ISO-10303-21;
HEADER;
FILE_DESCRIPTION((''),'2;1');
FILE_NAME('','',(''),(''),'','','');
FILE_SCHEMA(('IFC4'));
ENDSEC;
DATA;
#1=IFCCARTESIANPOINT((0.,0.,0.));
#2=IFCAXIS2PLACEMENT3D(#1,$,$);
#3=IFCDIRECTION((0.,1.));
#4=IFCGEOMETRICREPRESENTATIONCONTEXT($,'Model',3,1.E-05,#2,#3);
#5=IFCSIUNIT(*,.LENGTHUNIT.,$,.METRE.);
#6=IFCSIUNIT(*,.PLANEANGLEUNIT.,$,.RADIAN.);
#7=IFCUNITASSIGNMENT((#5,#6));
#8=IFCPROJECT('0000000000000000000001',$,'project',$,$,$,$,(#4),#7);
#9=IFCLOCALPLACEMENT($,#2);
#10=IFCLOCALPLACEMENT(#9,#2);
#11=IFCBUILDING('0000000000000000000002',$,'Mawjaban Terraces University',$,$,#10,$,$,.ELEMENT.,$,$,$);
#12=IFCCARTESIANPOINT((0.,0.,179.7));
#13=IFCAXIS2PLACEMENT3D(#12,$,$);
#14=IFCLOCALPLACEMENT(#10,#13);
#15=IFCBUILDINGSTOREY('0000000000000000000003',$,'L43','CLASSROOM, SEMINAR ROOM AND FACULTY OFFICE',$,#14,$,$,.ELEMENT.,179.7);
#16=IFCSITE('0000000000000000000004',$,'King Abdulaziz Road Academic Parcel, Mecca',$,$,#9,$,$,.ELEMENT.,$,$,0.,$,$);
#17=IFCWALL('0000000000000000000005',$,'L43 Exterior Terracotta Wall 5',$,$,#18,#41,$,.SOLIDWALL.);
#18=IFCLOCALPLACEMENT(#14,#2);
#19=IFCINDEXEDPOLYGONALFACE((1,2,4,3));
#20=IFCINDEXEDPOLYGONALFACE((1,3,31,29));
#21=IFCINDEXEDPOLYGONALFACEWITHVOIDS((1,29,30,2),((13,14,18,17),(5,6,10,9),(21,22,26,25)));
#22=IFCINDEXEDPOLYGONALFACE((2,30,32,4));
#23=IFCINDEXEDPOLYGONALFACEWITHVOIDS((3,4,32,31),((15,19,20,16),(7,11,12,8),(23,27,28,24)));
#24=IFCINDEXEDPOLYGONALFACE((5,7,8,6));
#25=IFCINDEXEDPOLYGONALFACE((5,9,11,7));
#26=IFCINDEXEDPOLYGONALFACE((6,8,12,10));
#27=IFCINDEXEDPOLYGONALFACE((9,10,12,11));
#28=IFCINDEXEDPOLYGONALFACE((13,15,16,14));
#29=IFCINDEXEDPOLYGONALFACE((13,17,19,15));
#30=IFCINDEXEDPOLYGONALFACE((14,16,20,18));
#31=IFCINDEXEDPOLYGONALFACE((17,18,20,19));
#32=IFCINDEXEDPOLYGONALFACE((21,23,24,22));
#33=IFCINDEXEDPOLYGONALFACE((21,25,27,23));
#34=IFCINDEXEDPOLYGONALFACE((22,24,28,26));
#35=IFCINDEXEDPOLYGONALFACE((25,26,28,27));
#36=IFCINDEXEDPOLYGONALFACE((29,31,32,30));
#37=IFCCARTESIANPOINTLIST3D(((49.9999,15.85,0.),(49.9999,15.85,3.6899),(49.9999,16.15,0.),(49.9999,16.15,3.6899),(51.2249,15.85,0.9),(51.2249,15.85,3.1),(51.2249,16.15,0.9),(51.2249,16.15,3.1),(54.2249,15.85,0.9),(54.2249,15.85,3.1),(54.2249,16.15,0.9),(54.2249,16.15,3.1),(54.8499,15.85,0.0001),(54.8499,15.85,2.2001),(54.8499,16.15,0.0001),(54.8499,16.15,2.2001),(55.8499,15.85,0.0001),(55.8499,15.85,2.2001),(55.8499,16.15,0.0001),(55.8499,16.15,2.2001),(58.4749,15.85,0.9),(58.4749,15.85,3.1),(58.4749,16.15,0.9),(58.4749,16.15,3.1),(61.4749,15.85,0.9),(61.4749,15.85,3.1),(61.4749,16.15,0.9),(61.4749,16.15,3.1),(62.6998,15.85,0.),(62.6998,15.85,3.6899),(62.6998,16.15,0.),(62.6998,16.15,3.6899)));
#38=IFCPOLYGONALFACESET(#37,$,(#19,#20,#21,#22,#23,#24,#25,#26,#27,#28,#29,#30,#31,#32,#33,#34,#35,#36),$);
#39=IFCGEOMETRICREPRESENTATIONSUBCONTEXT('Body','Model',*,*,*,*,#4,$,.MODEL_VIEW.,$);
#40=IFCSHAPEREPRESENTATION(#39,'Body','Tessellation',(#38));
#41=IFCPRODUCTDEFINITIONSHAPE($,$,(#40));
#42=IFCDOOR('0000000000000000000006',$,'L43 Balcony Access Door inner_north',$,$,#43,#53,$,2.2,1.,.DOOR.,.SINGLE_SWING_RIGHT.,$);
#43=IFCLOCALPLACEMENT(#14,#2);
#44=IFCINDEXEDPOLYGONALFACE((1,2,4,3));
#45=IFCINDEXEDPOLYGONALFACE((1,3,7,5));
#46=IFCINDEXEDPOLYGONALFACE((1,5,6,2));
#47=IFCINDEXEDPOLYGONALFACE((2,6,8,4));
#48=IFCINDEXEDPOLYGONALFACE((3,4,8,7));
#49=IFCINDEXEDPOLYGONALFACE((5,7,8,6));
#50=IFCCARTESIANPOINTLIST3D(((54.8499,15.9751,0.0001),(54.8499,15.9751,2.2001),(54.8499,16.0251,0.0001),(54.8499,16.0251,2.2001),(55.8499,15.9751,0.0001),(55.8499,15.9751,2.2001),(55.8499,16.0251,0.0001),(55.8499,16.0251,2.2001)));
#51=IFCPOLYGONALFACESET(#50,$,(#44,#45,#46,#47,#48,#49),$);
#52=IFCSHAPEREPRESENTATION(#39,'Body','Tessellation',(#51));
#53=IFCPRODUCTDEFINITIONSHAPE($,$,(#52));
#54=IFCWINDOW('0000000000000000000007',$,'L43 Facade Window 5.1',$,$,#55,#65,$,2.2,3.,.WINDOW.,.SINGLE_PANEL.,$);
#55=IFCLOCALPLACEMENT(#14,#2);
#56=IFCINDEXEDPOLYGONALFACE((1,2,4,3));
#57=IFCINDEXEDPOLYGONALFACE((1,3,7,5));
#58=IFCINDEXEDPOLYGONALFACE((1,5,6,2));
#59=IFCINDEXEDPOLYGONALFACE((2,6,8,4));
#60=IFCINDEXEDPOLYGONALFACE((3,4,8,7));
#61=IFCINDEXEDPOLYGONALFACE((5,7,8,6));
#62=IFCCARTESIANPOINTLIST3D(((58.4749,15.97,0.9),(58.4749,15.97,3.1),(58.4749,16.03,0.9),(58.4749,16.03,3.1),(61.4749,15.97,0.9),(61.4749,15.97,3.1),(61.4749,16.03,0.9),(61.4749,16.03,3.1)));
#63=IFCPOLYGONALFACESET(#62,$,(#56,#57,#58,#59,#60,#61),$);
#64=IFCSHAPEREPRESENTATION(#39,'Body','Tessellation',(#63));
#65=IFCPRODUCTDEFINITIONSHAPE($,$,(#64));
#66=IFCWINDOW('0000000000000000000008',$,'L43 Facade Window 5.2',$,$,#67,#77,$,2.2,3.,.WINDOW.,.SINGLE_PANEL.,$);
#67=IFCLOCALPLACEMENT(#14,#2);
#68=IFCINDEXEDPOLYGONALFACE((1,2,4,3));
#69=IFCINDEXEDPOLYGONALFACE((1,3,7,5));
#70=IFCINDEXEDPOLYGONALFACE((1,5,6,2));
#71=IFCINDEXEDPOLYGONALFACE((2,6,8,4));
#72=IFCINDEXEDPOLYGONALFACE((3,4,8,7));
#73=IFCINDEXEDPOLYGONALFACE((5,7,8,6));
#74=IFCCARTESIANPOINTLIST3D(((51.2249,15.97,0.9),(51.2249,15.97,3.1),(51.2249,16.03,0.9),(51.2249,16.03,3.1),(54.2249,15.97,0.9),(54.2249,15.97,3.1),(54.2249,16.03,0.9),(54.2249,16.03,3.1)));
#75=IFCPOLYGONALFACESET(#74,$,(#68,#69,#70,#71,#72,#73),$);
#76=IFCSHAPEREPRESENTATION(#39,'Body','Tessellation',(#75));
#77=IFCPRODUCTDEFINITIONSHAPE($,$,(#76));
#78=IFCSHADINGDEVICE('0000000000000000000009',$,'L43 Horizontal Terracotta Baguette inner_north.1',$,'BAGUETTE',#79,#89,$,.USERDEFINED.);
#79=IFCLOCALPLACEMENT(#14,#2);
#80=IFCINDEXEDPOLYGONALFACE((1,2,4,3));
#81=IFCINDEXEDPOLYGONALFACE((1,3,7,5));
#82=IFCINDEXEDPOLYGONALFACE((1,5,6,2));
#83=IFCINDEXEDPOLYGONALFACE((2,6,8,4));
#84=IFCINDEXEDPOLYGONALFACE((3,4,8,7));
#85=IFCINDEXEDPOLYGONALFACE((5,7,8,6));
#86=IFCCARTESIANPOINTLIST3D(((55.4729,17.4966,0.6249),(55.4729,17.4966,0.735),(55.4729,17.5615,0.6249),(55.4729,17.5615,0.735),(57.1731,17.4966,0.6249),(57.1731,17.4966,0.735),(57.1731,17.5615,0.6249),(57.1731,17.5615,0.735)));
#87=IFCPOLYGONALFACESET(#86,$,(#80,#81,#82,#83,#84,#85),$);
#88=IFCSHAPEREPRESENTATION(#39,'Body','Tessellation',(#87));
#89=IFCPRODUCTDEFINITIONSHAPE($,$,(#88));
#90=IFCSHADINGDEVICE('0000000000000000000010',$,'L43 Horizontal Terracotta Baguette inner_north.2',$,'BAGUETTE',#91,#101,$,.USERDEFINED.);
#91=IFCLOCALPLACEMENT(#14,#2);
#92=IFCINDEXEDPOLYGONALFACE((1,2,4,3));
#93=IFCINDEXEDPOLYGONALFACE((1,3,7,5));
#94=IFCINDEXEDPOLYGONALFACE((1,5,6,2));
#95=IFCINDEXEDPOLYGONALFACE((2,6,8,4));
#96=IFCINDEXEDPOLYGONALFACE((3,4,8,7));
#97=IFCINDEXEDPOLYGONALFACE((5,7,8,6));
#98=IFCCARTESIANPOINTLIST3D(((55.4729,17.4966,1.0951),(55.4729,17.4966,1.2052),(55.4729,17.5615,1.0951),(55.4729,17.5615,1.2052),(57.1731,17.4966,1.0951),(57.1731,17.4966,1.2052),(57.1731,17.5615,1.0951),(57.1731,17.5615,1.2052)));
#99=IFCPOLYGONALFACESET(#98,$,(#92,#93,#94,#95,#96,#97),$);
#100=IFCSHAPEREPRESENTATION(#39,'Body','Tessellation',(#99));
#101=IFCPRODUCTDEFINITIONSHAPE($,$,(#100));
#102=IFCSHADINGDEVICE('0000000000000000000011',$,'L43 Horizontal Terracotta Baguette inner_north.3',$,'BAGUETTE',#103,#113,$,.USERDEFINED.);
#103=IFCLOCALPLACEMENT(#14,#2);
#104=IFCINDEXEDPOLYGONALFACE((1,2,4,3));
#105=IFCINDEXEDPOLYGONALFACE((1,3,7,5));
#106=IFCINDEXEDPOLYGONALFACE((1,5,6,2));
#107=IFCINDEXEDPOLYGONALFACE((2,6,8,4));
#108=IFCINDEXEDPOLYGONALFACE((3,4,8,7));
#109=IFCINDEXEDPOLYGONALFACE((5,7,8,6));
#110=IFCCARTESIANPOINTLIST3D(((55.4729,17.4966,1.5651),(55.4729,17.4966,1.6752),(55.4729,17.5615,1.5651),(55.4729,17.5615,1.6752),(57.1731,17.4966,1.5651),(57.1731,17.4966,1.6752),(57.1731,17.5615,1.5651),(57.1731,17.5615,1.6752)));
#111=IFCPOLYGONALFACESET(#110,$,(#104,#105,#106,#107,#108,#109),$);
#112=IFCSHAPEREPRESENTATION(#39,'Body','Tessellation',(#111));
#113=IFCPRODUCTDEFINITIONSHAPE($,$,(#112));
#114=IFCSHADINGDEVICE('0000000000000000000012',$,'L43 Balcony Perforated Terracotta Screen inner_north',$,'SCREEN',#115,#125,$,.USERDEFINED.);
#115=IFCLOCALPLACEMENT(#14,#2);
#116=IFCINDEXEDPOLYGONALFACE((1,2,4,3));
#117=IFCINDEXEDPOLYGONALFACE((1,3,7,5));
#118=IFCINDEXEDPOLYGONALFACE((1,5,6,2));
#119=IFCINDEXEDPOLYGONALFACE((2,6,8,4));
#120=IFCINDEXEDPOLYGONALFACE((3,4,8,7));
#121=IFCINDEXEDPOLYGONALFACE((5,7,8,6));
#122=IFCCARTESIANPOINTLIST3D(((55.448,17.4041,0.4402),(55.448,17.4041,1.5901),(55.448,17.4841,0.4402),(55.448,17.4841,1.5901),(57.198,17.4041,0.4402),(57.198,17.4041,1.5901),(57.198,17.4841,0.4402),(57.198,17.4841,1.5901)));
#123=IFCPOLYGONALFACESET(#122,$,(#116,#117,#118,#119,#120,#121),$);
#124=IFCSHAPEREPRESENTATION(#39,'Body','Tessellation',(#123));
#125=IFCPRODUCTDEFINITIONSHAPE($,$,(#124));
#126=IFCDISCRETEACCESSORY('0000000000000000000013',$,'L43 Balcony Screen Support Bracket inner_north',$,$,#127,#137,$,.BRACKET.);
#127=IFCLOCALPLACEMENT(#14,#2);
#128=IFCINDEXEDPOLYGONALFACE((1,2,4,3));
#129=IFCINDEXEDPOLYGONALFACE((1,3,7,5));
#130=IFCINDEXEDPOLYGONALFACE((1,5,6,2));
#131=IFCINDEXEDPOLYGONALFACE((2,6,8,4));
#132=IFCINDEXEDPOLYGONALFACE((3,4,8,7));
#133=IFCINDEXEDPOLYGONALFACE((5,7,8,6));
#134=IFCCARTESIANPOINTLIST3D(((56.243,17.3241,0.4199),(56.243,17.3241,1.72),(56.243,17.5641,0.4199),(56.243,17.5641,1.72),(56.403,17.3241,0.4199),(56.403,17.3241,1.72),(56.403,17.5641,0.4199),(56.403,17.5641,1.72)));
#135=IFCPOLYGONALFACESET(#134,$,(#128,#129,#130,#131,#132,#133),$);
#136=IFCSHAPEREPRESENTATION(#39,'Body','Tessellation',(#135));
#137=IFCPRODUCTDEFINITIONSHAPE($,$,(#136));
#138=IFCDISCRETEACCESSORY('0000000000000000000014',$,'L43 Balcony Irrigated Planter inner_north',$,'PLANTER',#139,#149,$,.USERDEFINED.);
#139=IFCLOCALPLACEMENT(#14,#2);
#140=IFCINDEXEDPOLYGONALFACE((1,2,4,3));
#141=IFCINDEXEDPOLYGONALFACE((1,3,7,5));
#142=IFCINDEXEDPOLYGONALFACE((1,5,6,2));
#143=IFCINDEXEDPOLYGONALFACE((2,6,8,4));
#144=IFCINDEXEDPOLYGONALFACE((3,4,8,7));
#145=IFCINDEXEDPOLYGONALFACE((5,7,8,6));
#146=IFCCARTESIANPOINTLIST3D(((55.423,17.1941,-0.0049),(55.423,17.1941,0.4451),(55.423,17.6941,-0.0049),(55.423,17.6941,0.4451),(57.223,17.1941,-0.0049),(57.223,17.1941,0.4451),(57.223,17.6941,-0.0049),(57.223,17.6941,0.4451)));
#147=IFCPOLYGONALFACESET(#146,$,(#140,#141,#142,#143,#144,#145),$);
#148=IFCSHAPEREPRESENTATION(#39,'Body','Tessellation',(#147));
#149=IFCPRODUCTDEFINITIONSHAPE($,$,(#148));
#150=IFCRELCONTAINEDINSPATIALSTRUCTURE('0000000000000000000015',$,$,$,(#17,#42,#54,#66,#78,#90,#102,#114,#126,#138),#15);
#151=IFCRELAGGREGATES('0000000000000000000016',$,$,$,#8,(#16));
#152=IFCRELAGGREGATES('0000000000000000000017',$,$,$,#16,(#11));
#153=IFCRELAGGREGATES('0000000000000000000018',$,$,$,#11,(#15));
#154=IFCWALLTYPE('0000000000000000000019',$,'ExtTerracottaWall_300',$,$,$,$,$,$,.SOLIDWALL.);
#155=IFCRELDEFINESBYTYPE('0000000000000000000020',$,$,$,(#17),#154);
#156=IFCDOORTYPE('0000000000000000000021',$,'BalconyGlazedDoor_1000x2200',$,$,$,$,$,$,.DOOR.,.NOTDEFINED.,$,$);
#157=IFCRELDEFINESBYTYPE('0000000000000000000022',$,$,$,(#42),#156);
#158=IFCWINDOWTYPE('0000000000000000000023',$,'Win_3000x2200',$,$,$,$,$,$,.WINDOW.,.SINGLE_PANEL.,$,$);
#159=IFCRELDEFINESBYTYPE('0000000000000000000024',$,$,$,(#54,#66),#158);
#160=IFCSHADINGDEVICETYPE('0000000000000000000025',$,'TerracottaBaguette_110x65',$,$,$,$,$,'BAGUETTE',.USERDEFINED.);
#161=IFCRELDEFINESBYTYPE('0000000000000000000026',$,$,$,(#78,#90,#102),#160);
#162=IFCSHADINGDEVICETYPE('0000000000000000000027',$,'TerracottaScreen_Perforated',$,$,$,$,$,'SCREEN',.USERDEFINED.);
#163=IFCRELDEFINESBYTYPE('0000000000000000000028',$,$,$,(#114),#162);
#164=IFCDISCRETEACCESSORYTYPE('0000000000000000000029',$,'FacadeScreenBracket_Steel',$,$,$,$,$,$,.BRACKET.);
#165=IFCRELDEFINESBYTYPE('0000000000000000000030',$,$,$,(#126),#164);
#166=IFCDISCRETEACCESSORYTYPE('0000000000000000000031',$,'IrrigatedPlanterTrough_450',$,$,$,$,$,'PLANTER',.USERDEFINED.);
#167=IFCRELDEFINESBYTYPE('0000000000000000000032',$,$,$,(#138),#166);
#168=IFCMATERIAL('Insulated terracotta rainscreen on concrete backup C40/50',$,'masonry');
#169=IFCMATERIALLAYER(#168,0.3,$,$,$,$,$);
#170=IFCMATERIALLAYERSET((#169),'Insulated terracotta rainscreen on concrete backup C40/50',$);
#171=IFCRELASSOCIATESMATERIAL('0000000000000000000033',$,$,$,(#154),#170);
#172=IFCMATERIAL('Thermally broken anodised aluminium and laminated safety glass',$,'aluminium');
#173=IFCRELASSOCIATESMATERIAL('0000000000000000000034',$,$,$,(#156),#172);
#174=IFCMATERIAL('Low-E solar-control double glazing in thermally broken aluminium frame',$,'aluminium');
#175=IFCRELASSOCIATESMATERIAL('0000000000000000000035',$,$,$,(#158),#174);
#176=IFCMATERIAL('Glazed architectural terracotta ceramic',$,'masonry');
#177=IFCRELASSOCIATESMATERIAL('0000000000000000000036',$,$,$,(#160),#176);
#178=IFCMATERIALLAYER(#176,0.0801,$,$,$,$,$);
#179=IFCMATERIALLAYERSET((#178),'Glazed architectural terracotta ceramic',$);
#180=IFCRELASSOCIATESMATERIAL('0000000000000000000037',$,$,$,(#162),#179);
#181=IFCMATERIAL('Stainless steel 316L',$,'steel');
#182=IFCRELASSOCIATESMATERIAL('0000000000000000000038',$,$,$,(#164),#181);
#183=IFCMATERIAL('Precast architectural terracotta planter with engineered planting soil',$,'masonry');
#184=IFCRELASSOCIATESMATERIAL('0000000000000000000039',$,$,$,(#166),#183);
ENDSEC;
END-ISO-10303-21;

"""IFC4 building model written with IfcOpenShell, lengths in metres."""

from ifc_helpers import new_model, si_unit, direction, frame, frame_2d, origin, origin_2d, place, context, subcontext, project, spatial, rectangle, extrude, material, layer, layer_set, material_profile, profile_set, type_object, element, fill, save


model = new_model("IFC4")

# Units and contexts
model_context = context("Model", 3, precision=1e-05, world=origin(), true_north=direction((0.0, 1.0)))
body_context = subcontext(model_context, "Body", "Model", "MODEL_VIEW")
ifc_project = project(units=[si_unit("LENGTHUNIT", "METRE"), si_unit("PLANEANGLEUNIT", "RADIAN")], contexts=[model_context])

# Site, building, storey
site_placement = place(None, origin())
site = spatial("IfcSite", under=ifc_project, at=site_placement, Name="King Abdulaziz Road Academic Parcel, Mecca", CompositionType="ELEMENT", RefElevation=0.0)
building_placement = place(site_placement, origin())
building = spatial("IfcBuilding", under=site, at=building_placement, Name="Mawjaban Terraces University", CompositionType="ELEMENT")
storey_placement = place(building_placement, frame((0.0, 0.0, 179.7)))
storey = spatial("IfcBuildingStorey", under=building, at=storey_placement, Name="L43", Description="CLASSROOM, SEMINAR ROOM AND FACULTY OFFICE", CompositionType="ELEMENT", Elevation=179.7)

# Wall, openings, door, windows
ifc_material_1 = material(Name="Insulated terracotta rainscreen on concrete backup C40/50", Category="masonry")
ifc_layer_1 = layer(ifc_material_1, 0.3)
ifc_layer_set_1 = layer_set([ifc_layer_1], Name="Insulated terracotta rainscreen on concrete backup C40/50")
wall_type = type_object("IfcWallType", Name="ExtTerracottaWall_300", PredefinedType="SOLIDWALL", material=ifc_layer_set_1)
wall_placement = place(storey_placement, frame((62.7, 16.0, 0.0), z_axis=(0.0, 0.0, 1.0), x_axis=(-1.0, 0.0, 0.0)))
wall = element("IfcWall", 1, at=wall_placement, inside=storey, type_object=wall_type, Name="L43 Exterior Terracotta Wall 5", PredefinedType="SOLIDWALL", context=body_context, shape_type="SweptSolid", body=[
    extrude(rectangle(XDim=12.7, YDim=0.3, at=frame_2d((6.3501, 0.0))), origin(), (0.0, 0.0, 1.0), 3.6899),
])
opening_1_placement = place(wall_placement, frame((6.8501, 0.0, 0.0)))
opening_1 = element("IfcOpeningElement", 2, at=opening_1_placement, cuts=wall, PredefinedType="OPENING", context=body_context, shape_type="SweptSolid", body=[
    extrude(rectangle(XDim=1.0, YDim=2.2, at=frame_2d((0.5, 1.1001))), frame((0.0, 0.1599, 0.0), z_axis=(0.0, -1.0, 0.0), x_axis=(1.0, 0.0, 0.0)), (0.0, 0.0, 1.0), 0.3201),
])
opening_2_placement = place(wall_placement, frame((1.2251, 0.0, 0.8999)))
opening_2 = element("IfcOpeningElement", 3, at=opening_2_placement, cuts=wall, PredefinedType="OPENING", context=body_context, shape_type="SweptSolid", body=[
    extrude(rectangle(XDim=3.0, YDim=2.2, at=frame_2d((1.5, 1.1001))), frame((0.0, 0.1599, 0.0), z_axis=(0.0, -1.0, 0.0), x_axis=(1.0, 0.0, 0.0)), (0.0, 0.0, 1.0), 0.3201),
])
opening_3_placement = place(wall_placement, frame((8.4751, 0.0, 0.8999)))
opening_3 = element("IfcOpeningElement", 4, at=opening_3_placement, cuts=wall, PredefinedType="OPENING", context=body_context, shape_type="SweptSolid", body=[
    extrude(rectangle(XDim=3.0, YDim=2.2, at=frame_2d((1.5, 1.1001))), frame((0.0, 0.1599, 0.0), z_axis=(0.0, -1.0, 0.0), x_axis=(1.0, 0.0, 0.0)), (0.0, 0.0, 1.0), 0.3201),
])
ifc_material_2 = material(Name="Thermally broken anodised aluminium and laminated safety glass", Category="aluminium")
door_type = type_object("IfcDoorType", Name="BalconyGlazedDoor_1000x2200", OperationType="NOTDEFINED", PredefinedType="DOOR", material=ifc_material_2)
door_placement = place(opening_1_placement, origin())
door = element("IfcDoor", 5, at=door_placement, inside=storey, type_object=door_type, Name="L43 Balcony Access Door inner_north", OperationType="SINGLE_SWING_RIGHT", OverallHeight=2.2, OverallWidth=1.0, PredefinedType="DOOR", context=body_context, shape_type="SweptSolid", body=[
    extrude(rectangle(XDim=1.0, YDim=2.2, at=frame_2d((0.5, 1.1001))), frame((0.0, 0.0249, 0.0), z_axis=(0.0, -1.0, 0.0), x_axis=(1.0, 0.0, 0.0)), (0.0, 0.0, 1.0), 0.05),
])
fill(opening_1, door)
ifc_material_3 = material(Name="Low-E solar-control double glazing in thermally broken aluminium frame", Category="aluminium")
window_type = type_object("IfcWindowType", Name="Win_3000x2200", PartitioningType="SINGLE_PANEL", PredefinedType="WINDOW", material=ifc_material_3)
window_1_placement = place(opening_2_placement, origin())
window_1 = element("IfcWindow", 6, at=window_1_placement, inside=storey, type_object=window_type, Name="L43 Facade Window 5.1", OverallHeight=2.2, OverallWidth=3.0, PartitioningType="SINGLE_PANEL", PredefinedType="WINDOW", context=body_context, shape_type="SweptSolid", body=[
    extrude(rectangle(XDim=3.0, YDim=2.2, at=frame_2d((1.5, 1.1001))), frame((0.0, 0.03, 0.0), z_axis=(0.0, -1.0, 0.0), x_axis=(1.0, 0.0, 0.0)), (0.0, 0.0, 1.0), 0.0601),
])
fill(opening_2, window_1)
window_2_placement = place(opening_3_placement, origin())
window_2 = element("IfcWindow", 7, at=window_2_placement, inside=storey, type_object=window_type, Name="L43 Facade Window 5.2", OverallHeight=2.2, OverallWidth=3.0, PartitioningType="SINGLE_PANEL", PredefinedType="WINDOW", context=body_context, shape_type="SweptSolid", body=[
    extrude(rectangle(XDim=3.0, YDim=2.2, at=frame_2d((1.5, 1.1001))), frame((0.0, 0.03, 0.0), z_axis=(0.0, -1.0, 0.0), x_axis=(1.0, 0.0, 0.0)), (0.0, 0.0, 1.0), 0.0601),
])
fill(opening_3, window_2)

# Shading devices
ifc_material_4 = material(Name="Glazed architectural terracotta ceramic", Category="masonry")
ifc_material_profile_1 = material_profile(ifc_material_4, rectangle(XDim=0.0649, YDim=0.1101, at=origin_2d()), Name="TBAG110X65")
ifc_profile_set_1 = profile_set([ifc_material_profile_1], Name="Glazed architectural terracotta ceramic")
shading_device_type_1 = type_object("IfcShadingDeviceType", Name="TerracottaBaguette_110x65", ElementType="BAGUETTE", PredefinedType="USERDEFINED", material=ifc_profile_set_1)
for number, where, z_axis, x_axis, name in (
    (8, (55.4729, 17.5291, 0.6799), (1.0, 0.0, 0.0), (0.0, 1.0, 0.0), "L43 Horizontal Terracotta Baguette inner_north.1"),
    (9, (55.4729, 17.5291, 1.1501), (1.0, 0.0, 0.0), (0.0, 1.0, 0.0), "L43 Horizontal Terracotta Baguette inner_north.2"),
    (10, (55.4729, 17.5291, 1.6201), (1.0, 0.0, 0.0), (0.0, 1.0, 0.0), "L43 Horizontal Terracotta Baguette inner_north.3"),
):
    element("IfcShadingDevice", number, at=place(storey_placement, frame(where, z_axis=z_axis, x_axis=x_axis)), inside=storey, type_object=shading_device_type_1, Name=name, ObjectType="BAGUETTE", PredefinedType="USERDEFINED", context=body_context, shape_type="SweptSolid", body=[
        extrude(rectangle(XDim=0.0649, YDim=0.1101, at=origin_2d()), origin(), (0.0, 0.0, 1.0), 1.7002),
    ])
ifc_layer_2 = layer(ifc_material_4, 0.0801)
ifc_layer_set_2 = layer_set([ifc_layer_2], Name="Glazed architectural terracotta ceramic")
shading_device_type_2 = type_object("IfcShadingDeviceType", Name="TerracottaScreen_Perforated", ElementType="SCREEN", PredefinedType="USERDEFINED", material=ifc_layer_set_2)
shading_device_placement = place(storey_placement, frame((56.323, 17.4441, 0.4402), z_axis=(0.0, 0.0, 1.0), x_axis=(1.0, 0.0, 0.0)))
element("IfcShadingDevice", 11, at=shading_device_placement, inside=storey, type_object=shading_device_type_2, Name="L43 Balcony Perforated Terracotta Screen inner_north", ObjectType="SCREEN", PredefinedType="USERDEFINED", context=body_context, shape_type="SweptSolid", body=[
    extrude(rectangle(XDim=1.75, YDim=0.0801, at=origin_2d()), origin(), (0.0, 0.0, 1.0), 1.1499),
])

# Discrete accessories
ifc_material_5 = material(Name="Stainless steel 316L", Category="steel")
discrete_accessory_type_1 = type_object("IfcDiscreteAccessoryType", Name="FacadeScreenBracket_Steel", PredefinedType="BRACKET", material=ifc_material_5)
discrete_accessory_1_placement = place(storey_placement, frame((56.323, 17.4441, 0.4199), z_axis=(0.0, 0.0, 1.0), x_axis=(1.0, 0.0, 0.0)))
element("IfcDiscreteAccessory", 12, at=discrete_accessory_1_placement, inside=storey, type_object=discrete_accessory_type_1, Name="L43 Balcony Screen Support Bracket inner_north", PredefinedType="BRACKET", context=body_context, shape_type="SweptSolid", body=[
    extrude(rectangle(XDim=0.1599, YDim=0.24, at=origin_2d()), origin(), (0.0, 0.0, 1.0), 1.3),
])
ifc_material_6 = material(Name="Precast architectural terracotta planter with engineered planting soil", Category="masonry")
discrete_accessory_type_2 = type_object("IfcDiscreteAccessoryType", Name="IrrigatedPlanterTrough_450", ElementType="PLANTER", PredefinedType="USERDEFINED", material=ifc_material_6)
discrete_accessory_2_placement = place(storey_placement, frame((56.323, 17.4441, -0.0049), z_axis=(0.0, 0.0, 1.0), x_axis=(1.0, 0.0, 0.0)))
element("IfcDiscreteAccessory", 13, at=discrete_accessory_2_placement, inside=storey, type_object=discrete_accessory_type_2, Name="L43 Balcony Irrigated Planter inner_north", ObjectType="PLANTER", PredefinedType="USERDEFINED", context=body_context, shape_type="SweptSolid", body=[
    extrude(rectangle(XDim=1.8, YDim=0.5, at=origin_2d()), origin(), (0.0, 0.0, 1.0), 0.45),
])

save(model, "model.ifc")
